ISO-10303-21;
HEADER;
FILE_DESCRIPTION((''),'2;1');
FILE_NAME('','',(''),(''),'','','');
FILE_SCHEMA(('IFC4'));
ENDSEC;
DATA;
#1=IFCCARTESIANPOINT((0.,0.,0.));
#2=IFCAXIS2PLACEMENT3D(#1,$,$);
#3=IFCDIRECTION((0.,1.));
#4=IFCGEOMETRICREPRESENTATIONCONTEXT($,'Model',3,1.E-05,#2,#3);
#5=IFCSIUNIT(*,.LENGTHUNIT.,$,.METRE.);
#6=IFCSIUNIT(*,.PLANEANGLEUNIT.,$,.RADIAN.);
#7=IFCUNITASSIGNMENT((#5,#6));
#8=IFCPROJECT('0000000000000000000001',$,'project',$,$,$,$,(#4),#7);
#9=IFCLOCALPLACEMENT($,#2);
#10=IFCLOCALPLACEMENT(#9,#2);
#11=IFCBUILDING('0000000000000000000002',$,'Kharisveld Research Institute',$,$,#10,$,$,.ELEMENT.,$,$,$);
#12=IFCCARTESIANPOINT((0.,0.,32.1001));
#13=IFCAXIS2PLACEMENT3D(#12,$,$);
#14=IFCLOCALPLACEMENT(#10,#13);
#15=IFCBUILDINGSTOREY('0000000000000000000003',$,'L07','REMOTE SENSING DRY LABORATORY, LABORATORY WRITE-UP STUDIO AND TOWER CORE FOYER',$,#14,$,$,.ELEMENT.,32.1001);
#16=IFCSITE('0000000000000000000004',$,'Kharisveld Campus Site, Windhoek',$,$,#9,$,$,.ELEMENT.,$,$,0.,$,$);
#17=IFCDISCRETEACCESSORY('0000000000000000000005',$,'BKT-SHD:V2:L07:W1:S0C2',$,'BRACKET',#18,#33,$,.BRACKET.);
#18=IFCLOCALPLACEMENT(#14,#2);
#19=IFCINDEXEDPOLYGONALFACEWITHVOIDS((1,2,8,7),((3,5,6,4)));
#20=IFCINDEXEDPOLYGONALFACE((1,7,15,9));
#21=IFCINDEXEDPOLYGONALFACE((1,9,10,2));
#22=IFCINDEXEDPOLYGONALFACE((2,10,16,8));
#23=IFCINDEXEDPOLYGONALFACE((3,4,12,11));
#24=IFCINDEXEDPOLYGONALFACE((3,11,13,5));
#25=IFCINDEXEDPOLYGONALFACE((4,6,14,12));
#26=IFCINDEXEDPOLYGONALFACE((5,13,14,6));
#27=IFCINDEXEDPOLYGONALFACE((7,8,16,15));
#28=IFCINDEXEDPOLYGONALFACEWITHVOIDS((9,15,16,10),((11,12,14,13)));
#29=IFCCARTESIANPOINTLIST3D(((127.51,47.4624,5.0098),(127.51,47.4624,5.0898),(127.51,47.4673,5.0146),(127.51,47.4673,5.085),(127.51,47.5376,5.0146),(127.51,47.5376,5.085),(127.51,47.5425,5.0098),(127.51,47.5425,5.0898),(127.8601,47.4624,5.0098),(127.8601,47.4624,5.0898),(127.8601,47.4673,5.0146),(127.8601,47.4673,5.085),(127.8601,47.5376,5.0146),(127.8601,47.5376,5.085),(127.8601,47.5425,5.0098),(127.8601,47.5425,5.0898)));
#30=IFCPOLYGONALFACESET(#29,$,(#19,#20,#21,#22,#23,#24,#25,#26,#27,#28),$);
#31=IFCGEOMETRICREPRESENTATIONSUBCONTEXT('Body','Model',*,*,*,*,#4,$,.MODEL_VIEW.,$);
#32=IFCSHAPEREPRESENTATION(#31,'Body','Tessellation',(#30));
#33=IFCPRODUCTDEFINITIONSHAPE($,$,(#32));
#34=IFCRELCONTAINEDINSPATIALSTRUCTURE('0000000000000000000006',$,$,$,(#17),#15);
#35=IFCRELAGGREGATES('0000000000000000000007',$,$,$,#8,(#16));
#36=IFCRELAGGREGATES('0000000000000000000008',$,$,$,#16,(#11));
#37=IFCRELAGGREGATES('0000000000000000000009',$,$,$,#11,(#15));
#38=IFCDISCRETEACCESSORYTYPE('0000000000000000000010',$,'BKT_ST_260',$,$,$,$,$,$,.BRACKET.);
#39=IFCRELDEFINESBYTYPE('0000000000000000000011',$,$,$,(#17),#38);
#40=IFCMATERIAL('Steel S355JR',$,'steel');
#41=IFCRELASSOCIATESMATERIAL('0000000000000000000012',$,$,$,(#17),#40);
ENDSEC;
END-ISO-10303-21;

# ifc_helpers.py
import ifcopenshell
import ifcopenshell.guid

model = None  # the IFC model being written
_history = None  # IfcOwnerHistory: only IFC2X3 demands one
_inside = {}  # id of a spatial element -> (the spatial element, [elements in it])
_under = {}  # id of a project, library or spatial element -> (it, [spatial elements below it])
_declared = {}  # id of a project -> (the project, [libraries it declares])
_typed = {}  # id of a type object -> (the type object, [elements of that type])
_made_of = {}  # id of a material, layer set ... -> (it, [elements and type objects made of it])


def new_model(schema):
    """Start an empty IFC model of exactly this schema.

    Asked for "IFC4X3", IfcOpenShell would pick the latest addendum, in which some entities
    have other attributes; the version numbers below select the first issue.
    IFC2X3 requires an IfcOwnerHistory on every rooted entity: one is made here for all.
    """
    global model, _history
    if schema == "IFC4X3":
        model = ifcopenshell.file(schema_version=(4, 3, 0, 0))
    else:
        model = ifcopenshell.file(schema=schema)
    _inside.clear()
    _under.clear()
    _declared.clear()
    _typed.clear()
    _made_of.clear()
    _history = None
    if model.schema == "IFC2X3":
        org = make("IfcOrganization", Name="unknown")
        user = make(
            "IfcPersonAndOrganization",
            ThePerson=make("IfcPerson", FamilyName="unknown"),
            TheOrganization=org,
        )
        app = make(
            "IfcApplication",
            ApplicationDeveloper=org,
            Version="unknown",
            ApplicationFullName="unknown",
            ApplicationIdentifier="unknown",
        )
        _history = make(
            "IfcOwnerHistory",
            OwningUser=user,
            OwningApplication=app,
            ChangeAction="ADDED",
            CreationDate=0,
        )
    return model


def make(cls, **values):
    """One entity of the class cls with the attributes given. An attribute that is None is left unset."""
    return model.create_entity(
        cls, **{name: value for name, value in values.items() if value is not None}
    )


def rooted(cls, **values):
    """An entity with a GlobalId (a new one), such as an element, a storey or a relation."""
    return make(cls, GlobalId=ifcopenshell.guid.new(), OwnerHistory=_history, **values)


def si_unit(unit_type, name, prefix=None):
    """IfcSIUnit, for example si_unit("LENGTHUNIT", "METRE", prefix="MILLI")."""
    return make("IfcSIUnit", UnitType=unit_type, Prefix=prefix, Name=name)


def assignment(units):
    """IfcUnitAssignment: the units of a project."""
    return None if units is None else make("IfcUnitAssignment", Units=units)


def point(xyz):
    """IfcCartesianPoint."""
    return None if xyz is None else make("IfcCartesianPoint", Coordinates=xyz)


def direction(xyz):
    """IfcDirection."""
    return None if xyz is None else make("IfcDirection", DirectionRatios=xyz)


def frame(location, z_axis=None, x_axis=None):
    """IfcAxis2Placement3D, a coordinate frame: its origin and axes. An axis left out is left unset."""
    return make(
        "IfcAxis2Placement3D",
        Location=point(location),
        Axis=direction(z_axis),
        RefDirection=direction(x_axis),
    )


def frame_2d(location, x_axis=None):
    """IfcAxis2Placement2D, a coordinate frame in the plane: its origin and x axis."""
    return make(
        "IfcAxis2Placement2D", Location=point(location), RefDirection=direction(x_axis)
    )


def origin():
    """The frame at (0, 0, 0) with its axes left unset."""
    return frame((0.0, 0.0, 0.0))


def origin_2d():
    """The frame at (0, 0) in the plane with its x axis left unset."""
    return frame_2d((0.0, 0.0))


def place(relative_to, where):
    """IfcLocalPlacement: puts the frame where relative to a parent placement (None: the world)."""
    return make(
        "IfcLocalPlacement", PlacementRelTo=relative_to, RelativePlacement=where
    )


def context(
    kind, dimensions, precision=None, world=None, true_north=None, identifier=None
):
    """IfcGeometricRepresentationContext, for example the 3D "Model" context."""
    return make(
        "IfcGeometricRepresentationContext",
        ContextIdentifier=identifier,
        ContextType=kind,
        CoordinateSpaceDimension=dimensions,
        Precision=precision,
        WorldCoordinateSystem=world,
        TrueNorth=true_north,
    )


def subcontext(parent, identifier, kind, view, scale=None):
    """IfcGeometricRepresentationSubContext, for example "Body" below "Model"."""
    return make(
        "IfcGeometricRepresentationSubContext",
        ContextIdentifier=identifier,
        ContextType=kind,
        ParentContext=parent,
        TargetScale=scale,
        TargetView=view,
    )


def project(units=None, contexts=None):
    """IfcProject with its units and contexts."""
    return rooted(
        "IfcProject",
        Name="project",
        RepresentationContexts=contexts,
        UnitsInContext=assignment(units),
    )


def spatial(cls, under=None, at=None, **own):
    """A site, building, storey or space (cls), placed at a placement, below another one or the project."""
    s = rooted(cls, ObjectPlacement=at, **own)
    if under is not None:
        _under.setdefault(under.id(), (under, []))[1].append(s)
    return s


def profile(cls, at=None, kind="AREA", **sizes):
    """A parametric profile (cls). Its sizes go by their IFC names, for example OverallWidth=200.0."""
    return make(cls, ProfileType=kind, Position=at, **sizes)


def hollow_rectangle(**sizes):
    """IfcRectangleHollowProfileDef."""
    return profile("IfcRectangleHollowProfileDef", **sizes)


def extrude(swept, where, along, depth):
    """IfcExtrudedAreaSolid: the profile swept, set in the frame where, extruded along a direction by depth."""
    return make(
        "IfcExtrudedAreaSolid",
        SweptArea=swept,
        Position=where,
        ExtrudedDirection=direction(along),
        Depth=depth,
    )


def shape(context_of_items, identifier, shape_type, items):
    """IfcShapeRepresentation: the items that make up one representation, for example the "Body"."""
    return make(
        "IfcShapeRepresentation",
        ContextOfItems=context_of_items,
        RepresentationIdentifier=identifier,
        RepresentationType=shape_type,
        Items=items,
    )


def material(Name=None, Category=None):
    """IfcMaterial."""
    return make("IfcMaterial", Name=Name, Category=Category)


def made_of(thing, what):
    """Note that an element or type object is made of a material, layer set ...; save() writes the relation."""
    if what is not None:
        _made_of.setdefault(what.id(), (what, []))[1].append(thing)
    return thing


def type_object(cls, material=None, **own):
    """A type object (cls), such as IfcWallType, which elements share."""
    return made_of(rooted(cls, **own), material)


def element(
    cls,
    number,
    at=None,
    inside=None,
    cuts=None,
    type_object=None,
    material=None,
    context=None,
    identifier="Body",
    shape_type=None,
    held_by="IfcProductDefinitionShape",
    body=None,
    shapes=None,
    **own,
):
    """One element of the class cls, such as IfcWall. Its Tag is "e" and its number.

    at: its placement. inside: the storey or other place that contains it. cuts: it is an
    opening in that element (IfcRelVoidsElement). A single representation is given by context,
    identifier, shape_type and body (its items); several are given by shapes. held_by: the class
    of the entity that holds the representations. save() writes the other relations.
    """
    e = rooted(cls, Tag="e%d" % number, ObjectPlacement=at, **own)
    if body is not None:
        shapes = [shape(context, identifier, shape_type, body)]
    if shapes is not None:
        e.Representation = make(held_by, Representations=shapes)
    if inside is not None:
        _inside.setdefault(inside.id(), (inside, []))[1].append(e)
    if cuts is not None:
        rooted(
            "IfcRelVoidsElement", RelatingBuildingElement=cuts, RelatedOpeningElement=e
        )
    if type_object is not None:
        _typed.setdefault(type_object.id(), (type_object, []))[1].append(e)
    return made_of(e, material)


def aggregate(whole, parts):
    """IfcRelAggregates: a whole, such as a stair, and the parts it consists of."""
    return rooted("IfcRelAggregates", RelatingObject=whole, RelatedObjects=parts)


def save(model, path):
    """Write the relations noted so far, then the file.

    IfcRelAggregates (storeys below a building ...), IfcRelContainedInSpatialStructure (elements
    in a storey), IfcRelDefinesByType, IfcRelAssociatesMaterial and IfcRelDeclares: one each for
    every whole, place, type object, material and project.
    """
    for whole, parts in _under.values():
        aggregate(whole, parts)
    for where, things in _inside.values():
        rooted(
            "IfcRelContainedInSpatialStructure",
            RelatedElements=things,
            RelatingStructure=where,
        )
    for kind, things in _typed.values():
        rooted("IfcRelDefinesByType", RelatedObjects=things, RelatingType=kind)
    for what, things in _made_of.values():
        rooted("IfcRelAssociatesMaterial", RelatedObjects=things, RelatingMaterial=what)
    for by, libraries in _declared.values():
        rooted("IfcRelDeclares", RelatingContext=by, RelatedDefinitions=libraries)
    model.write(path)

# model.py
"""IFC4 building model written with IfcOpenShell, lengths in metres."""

from ifc_helpers import new_model, si_unit, direction, frame, origin, origin_2d, place, context, subcontext, project, spatial, hollow_rectangle, extrude, material, type_object, element, save


model = new_model("IFC4")

# Units and contexts
model_context = context("Model", 3, precision=1e-05, world=origin(), true_north=direction((0.0, 1.0)))
body_context = subcontext(model_context, "Body", "Model", "MODEL_VIEW")
ifc_project = project(units=[si_unit("LENGTHUNIT", "METRE"), si_unit("PLANEANGLEUNIT", "RADIAN")], contexts=[model_context])

# Site, building, storey
site_placement = place(None, origin())
site = spatial("IfcSite", under=ifc_project, at=site_placement, Name="Kharisveld Campus Site, Windhoek", CompositionType="ELEMENT", RefElevation=0.0)
building_placement = place(site_placement, origin())
building = spatial("IfcBuilding", under=site, at=building_placement, Name="Kharisveld Research Institute", CompositionType="ELEMENT")
storey_placement = place(building_placement, frame((0.0, 0.0, 32.1001)))
storey = spatial("IfcBuildingStorey", under=building, at=storey_placement, Name="L07", Description="REMOTE SENSING DRY LABORATORY, LABORATORY WRITE-UP STUDIO AND TOWER CORE FOYER", CompositionType="ELEMENT", Elevation=32.1001)

# Discrete accessory
ifc_material_1 = material(Name="Steel S355JR", Category="steel")
discrete_accessory_type = type_object("IfcDiscreteAccessoryType", Name="BKT_ST_260", PredefinedType="BRACKET")
for number, where, z_axis, x_axis, name in (
    (1, (127.8601, 47.5024, 5.0498), (-1.0, 0.0, 0.0), (0.0, -1.0, 0.0), "BKT-SHD:V2:L07:W1:S0C2"),
):
    element("IfcDiscreteAccessory", number, at=place(storey_placement, frame(where, z_axis=z_axis, x_axis=x_axis)), inside=storey, type_object=discrete_accessory_type, material=ifc_material_1, Name=name, ObjectType="BRACKET", PredefinedType="BRACKET", context=body_context, shape_type="SweptSolid", body=[
        extrude(hollow_rectangle(XDim=0.0801, YDim=0.0801, WallThickness=0.0049, at=origin_2d()), origin(), (0.0, 0.0, 1.0), 0.3501),
    ])

save(model, "model.ifc")
